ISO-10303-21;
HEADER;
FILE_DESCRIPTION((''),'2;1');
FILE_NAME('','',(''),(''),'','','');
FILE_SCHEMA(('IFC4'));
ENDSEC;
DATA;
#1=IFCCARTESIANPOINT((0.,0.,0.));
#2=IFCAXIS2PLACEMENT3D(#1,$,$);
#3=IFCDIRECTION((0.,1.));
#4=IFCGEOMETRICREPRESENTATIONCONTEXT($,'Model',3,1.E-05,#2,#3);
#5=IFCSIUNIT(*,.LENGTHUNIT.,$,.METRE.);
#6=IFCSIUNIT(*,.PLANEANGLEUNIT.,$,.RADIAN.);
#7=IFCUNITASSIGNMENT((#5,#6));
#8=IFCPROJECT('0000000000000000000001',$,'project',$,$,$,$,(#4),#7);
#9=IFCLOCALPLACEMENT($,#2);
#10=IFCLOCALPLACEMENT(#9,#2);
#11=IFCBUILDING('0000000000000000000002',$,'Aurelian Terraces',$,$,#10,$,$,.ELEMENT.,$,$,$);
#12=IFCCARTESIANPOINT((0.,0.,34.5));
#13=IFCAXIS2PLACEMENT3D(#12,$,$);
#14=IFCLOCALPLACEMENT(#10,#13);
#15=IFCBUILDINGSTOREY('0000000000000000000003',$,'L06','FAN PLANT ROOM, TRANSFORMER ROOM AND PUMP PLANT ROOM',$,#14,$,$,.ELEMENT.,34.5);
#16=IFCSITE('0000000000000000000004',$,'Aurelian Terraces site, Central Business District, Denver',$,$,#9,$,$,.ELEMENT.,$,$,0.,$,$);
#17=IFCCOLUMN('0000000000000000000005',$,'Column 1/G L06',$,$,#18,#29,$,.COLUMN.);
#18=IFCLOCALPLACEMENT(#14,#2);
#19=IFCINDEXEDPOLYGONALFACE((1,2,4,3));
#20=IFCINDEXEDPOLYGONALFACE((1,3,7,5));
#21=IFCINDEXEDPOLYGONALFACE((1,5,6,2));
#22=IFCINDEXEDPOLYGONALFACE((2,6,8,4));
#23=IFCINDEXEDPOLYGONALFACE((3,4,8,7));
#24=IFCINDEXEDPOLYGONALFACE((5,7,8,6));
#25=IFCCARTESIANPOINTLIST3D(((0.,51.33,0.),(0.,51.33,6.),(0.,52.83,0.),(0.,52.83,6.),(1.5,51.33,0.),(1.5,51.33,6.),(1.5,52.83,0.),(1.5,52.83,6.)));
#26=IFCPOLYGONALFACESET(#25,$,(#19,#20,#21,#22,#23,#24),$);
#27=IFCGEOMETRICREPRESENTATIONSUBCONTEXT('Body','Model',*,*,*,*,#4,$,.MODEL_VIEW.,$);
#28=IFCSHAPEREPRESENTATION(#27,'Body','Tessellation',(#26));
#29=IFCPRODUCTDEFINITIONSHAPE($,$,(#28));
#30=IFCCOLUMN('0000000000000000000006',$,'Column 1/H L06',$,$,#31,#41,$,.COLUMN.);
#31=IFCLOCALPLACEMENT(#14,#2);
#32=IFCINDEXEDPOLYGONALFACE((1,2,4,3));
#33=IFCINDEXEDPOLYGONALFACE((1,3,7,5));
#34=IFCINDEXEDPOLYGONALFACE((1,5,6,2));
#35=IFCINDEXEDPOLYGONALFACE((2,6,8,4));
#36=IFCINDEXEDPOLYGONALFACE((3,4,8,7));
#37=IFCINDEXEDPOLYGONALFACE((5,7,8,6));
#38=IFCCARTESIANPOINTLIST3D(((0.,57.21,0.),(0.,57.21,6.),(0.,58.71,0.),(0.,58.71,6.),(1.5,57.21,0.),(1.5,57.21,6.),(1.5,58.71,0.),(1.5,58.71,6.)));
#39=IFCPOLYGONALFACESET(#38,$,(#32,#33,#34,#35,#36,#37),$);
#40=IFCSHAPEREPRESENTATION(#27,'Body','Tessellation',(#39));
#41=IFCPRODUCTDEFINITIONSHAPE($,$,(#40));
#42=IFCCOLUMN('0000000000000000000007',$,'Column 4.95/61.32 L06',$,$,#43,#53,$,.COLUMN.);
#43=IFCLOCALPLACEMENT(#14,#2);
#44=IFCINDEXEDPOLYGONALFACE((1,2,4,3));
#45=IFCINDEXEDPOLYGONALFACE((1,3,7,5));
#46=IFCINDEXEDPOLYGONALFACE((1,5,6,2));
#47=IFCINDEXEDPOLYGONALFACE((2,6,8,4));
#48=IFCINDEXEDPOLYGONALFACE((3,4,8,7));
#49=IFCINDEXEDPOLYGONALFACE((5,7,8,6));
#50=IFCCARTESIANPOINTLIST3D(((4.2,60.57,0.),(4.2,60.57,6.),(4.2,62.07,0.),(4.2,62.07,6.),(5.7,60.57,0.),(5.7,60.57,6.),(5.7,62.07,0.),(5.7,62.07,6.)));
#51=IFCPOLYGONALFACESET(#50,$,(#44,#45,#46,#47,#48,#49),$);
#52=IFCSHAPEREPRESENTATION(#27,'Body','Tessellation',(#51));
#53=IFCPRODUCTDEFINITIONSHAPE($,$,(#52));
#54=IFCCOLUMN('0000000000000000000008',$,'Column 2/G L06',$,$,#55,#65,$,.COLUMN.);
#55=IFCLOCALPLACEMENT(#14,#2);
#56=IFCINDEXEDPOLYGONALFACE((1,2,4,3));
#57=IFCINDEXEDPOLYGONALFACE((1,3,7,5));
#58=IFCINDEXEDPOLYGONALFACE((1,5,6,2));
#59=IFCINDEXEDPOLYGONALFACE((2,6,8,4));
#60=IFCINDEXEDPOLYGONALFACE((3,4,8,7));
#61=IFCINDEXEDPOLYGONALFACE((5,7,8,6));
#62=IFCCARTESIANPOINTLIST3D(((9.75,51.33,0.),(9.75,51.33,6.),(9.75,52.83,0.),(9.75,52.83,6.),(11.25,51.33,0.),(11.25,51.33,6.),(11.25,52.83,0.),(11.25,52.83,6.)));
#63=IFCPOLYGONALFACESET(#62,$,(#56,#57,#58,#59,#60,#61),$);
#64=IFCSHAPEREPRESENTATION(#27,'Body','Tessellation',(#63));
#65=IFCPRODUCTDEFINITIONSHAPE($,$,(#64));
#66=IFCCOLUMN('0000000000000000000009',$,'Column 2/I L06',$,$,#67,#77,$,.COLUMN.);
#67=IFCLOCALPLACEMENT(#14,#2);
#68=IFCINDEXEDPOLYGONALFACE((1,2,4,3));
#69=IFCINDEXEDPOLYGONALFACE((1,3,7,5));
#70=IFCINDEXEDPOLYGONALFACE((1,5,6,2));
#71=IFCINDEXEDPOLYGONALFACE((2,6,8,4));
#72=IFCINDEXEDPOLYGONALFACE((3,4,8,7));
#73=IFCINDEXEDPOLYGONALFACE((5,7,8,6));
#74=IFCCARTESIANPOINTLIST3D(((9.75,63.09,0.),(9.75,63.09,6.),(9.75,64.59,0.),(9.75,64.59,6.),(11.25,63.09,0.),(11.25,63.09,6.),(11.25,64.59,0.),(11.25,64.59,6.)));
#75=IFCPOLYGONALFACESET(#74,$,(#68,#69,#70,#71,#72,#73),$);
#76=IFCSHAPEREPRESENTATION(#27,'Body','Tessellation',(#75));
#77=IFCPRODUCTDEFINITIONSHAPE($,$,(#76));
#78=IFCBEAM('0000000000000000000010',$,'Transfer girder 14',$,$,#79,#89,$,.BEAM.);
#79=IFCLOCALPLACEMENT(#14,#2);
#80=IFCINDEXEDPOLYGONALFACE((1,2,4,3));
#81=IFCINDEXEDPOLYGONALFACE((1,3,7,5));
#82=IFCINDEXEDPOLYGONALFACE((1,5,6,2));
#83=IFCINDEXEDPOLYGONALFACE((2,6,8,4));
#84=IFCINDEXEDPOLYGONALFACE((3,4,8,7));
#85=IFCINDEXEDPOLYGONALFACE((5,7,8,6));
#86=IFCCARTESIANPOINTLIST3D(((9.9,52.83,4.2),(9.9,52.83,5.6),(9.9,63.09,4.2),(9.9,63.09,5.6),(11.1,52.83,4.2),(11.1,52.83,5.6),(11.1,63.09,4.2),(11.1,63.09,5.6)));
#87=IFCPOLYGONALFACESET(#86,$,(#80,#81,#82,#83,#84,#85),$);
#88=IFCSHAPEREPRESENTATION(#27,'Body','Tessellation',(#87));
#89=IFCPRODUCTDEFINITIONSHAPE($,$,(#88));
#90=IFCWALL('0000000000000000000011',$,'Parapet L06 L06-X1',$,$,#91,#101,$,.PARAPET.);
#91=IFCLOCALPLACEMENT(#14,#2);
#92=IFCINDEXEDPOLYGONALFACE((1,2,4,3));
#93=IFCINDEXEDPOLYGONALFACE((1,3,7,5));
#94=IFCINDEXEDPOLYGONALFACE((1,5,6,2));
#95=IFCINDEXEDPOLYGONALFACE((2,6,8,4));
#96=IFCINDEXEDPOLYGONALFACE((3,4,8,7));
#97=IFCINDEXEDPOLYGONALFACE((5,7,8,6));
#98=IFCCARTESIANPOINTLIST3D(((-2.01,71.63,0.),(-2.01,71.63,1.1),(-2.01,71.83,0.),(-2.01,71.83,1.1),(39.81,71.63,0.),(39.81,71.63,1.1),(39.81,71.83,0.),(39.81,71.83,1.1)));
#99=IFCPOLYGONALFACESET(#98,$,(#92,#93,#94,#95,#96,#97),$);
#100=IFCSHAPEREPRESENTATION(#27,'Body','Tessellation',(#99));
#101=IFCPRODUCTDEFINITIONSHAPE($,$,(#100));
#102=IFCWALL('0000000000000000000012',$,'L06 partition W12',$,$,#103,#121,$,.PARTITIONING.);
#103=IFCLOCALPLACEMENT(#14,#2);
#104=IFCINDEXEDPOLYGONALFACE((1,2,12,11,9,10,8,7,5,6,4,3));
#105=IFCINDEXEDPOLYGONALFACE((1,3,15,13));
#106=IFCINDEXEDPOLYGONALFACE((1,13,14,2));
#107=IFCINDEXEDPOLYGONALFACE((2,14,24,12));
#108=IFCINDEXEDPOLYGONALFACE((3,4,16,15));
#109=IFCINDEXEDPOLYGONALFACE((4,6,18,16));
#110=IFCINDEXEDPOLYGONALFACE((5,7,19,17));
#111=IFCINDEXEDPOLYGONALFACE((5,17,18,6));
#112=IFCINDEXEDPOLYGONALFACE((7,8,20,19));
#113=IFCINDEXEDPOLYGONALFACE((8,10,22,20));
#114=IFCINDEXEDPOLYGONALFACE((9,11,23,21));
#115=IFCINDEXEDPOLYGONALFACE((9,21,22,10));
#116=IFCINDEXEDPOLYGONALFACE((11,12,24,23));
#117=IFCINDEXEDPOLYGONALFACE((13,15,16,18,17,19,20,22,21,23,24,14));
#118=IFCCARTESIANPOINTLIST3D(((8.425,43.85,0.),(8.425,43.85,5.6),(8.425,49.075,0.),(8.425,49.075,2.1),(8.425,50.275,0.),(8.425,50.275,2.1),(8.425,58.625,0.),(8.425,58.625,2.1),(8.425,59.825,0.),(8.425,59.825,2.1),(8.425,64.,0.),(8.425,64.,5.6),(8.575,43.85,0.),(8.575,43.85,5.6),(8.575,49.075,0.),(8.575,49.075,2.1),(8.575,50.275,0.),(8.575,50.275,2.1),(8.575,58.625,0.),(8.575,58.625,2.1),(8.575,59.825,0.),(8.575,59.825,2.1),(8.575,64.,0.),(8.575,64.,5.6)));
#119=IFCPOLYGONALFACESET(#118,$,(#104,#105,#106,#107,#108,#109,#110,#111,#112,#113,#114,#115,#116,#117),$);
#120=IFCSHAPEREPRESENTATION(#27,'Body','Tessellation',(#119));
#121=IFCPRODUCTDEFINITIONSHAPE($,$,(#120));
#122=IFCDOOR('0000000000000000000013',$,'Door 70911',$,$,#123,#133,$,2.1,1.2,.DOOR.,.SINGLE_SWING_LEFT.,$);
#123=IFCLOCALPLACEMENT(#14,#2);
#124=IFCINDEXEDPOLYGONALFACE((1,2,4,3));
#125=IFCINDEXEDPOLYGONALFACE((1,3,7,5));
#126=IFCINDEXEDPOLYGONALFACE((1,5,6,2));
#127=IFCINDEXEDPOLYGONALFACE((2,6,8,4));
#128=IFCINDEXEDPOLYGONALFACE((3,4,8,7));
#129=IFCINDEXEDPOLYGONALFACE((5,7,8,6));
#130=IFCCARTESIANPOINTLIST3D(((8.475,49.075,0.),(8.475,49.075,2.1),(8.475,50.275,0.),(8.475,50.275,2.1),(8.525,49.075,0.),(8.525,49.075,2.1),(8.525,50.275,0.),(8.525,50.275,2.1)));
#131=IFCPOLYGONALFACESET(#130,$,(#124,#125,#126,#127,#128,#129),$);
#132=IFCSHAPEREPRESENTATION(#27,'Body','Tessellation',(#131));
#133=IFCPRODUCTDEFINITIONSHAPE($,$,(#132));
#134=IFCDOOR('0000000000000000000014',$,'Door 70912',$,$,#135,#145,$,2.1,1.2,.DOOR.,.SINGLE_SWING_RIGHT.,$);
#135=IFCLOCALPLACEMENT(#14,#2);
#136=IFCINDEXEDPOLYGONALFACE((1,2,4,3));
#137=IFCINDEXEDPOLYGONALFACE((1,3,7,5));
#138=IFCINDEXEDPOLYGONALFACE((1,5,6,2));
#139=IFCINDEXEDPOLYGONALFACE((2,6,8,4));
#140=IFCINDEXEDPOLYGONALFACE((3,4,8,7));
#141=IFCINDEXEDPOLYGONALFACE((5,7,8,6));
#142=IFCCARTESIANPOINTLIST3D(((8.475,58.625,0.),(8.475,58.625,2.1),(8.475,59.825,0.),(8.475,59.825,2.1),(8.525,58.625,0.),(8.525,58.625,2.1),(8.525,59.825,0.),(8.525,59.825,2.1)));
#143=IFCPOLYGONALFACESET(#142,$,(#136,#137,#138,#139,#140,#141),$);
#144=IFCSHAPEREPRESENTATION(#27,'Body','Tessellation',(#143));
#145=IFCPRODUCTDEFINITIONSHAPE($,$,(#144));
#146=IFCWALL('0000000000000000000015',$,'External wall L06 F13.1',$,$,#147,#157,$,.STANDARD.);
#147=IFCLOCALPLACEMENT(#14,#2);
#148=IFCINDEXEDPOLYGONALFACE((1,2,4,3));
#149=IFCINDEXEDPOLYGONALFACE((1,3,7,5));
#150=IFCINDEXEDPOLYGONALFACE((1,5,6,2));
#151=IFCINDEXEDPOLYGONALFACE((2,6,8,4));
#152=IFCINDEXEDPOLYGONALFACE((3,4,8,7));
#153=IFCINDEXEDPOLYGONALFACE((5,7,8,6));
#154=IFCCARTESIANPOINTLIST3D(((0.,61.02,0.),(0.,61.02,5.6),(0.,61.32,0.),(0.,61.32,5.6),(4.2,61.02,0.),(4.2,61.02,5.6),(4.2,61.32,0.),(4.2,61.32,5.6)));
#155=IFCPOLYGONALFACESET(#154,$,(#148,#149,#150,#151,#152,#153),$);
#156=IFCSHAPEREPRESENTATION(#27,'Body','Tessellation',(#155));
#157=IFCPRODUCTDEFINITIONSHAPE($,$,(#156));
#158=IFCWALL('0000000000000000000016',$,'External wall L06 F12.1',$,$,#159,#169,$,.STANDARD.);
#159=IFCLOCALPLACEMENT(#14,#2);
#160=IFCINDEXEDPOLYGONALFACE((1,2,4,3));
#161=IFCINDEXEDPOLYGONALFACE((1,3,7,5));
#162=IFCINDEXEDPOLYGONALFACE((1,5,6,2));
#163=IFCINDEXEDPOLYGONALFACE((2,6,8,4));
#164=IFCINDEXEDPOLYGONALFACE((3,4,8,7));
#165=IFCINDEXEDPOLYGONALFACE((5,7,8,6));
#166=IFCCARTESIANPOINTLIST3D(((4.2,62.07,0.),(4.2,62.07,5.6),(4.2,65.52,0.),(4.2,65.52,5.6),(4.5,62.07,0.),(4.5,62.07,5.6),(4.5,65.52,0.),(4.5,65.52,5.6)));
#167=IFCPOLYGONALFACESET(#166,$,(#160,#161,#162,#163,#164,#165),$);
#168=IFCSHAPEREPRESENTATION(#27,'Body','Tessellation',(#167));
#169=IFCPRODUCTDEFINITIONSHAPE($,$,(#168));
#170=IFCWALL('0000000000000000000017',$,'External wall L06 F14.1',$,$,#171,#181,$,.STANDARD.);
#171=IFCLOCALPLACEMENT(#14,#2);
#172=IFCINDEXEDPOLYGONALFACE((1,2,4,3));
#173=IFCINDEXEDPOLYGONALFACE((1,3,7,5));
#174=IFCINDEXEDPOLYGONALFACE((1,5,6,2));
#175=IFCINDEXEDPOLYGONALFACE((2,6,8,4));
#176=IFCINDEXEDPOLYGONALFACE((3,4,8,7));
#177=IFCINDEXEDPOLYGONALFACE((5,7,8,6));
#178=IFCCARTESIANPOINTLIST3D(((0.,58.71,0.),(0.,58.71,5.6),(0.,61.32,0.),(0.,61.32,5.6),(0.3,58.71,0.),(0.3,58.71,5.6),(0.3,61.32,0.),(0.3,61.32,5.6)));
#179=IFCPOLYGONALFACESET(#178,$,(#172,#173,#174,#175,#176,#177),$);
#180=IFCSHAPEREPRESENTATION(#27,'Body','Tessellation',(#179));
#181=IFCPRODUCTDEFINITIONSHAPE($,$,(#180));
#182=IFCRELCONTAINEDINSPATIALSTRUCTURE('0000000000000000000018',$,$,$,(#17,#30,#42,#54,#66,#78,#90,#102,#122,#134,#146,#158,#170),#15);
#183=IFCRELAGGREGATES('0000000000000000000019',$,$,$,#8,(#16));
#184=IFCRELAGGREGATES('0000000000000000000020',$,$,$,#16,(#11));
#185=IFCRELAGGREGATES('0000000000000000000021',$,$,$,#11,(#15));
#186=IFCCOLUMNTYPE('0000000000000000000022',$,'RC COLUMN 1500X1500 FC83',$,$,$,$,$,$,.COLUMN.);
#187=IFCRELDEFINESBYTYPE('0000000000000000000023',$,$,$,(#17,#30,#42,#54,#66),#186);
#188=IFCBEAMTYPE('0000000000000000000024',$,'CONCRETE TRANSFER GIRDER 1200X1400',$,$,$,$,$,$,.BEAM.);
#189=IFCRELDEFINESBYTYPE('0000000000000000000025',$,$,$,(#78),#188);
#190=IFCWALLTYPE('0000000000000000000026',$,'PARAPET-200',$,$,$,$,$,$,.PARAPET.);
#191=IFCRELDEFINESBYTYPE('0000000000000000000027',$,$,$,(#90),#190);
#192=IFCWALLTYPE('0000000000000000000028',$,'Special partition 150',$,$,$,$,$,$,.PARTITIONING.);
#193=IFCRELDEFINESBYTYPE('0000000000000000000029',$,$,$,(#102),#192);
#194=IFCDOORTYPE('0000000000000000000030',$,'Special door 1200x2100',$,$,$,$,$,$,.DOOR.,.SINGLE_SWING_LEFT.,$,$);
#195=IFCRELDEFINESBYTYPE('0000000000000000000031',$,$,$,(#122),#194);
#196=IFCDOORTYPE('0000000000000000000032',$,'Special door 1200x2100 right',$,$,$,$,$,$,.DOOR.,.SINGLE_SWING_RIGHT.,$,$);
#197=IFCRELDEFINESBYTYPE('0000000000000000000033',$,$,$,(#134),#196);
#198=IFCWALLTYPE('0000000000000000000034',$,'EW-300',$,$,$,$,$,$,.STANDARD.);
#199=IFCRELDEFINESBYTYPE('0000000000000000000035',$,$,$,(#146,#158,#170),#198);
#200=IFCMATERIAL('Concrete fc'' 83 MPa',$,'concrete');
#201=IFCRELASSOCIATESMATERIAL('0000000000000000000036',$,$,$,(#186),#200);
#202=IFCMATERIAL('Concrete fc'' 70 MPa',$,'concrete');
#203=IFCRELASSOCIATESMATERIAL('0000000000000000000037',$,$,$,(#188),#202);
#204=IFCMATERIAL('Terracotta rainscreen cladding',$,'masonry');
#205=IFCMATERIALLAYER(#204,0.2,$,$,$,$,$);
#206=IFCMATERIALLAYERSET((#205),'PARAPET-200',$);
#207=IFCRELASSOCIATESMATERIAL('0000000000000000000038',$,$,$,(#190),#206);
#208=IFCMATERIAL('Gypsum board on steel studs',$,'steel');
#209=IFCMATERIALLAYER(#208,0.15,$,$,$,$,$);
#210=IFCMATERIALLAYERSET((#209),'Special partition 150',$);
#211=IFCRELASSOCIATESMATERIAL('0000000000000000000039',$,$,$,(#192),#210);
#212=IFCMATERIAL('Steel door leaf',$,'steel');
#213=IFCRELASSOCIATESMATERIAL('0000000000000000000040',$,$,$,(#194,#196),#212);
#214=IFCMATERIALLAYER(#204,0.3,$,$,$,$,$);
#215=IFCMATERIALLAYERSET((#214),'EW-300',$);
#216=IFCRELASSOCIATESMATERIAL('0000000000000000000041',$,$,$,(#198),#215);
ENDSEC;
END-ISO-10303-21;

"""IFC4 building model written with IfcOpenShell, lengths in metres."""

from ifc_helpers import new_model, si_unit, direction, frame, frame_2d, origin, origin_2d, place, context, subcontext, project, spatial, rectangle, extrude, source, transform, mapped, material, layer, layer_set, material_profile, profile_set, type_object, element, fill, save


model = new_model("IFC4")

# Units and contexts
model_context = context("Model", 3, precision=1e-05, world=origin(), true_north=direction((0.0, 1.0)))
body_context = subcontext(model_context, "Body", "Model", "MODEL_VIEW")
ifc_project = project(units=[si_unit("LENGTHUNIT", "METRE"), si_unit("PLANEANGLEUNIT", "RADIAN")], contexts=[model_context])

# Site, building, storey
site_placement = place(None, origin())
site = spatial("IfcSite", under=ifc_project, at=site_placement, Name="Aurelian Terraces site, Central Business District, Denver", CompositionType="ELEMENT", RefElevation=0.0)
building_placement = place(site_placement, origin())
building = spatial("IfcBuilding", under=site, at=building_placement, Name="Aurelian Terraces", CompositionType="ELEMENT")
storey_placement = place(building_placement, frame((0.0, 0.0, 34.5)))
storey = spatial("IfcBuildingStorey", under=building, at=storey_placement, Name="L06", Description="FAN PLANT ROOM, TRANSFORMER ROOM AND PUMP PLANT ROOM", CompositionType="ELEMENT", Elevation=34.5)

# Columns
ifc_material_1 = material(Name="Concrete fc' 83 MPa", Category="concrete")
ifc_material_profile_1 = material_profile(ifc_material_1, rectangle(XDim=1.5, YDim=1.5, at=origin_2d()))
ifc_profile_set_1 = profile_set([ifc_material_profile_1], Name="Concrete fc' 83 MPa")
column_type = type_object("IfcColumnType", Name="RC COLUMN 1500X1500 FC83", PredefinedType="COLUMN", material=ifc_profile_set_1)
shared_shape_1 = source(origin(), body_context, "Body", "SweptSolid", [
    extrude(rectangle(XDim=1.5, YDim=1.5, at=origin_2d()), origin(), (0.0, 0.0, 1.0), 6.0),
])
for number, where, z_axis, x_axis, name in (
    (1, (0.75, 52.08, 0.0), (0.0, 0.0, 1.0), (1.0, 0.0, 0.0), "Column 1/G L06"),
    (2, (0.75, 57.96, 0.0), (0.0, 0.0, 1.0), (1.0, 0.0, 0.0), "Column 1/H L06"),
    (3, (4.95, 61.32, 0.0), (0.0, 0.0, 1.0), (1.0, 0.0, 0.0), "Column 4.95/61.32 L06"),
    (4, (10.5, 52.08, 0.0), (0.0, 0.0, 1.0), (1.0, 0.0, 0.0), "Column 2/G L06"),
    (5, (10.5, 63.84, 0.0), (0.0, 0.0, 1.0), (1.0, 0.0, 0.0), "Column 2/I L06"),
):
    element("IfcColumn", number, at=place(storey_placement, frame(where, z_axis=z_axis, x_axis=x_axis)), inside=storey, type_object=column_type, Name=name, PredefinedType="COLUMN", context=body_context, shape_type="MappedRepresentation", body=[
        mapped(shared_shape_1, transform((0.0, 0.0, 0.0), scale=1.0)),
    ])

# Beam
ifc_material_2 = material(Name="Concrete fc' 70 MPa", Category="concrete")
ifc_material_profile_2 = material_profile(ifc_material_2, rectangle(XDim=1.2, YDim=1.4, at=origin_2d()))
ifc_profile_set_2 = profile_set([ifc_material_profile_2], Name="Concrete fc' 70 MPa")
beam_type = type_object("IfcBeamType", Name="CONCRETE TRANSFER GIRDER 1200X1400", PredefinedType="BEAM", material=ifc_profile_set_2)
shared_shape_2 = source(origin(), body_context, "Body", "SweptSolid", [
    extrude(rectangle(XDim=1.2, YDim=1.4, at=origin_2d()), origin(), (0.0, 0.0, 1.0), 10.26),
])
beam_placement = place(storey_placement, frame((10.5, 52.83, 4.9), z_axis=(0.0, 1.0, 0.0), x_axis=(-1.0, 0.0, 0.0)))
element("IfcBeam", 6, at=beam_placement, inside=storey, type_object=beam_type, Name="Transfer girder 14", PredefinedType="BEAM", context=body_context, shape_type="MappedRepresentation", body=[
    mapped(shared_shape_2, transform((0.0, 0.0, 0.0), scale=1.0)),
])

# Wall
ifc_material_3 = material(Name="Terracotta rainscreen cladding", Category="masonry")
ifc_layer_1 = layer(ifc_material_3, 0.2)
ifc_layer_set_1 = layer_set([ifc_layer_1], Name="PARAPET-200")
wall_type_1 = type_object("IfcWallType", Name="PARAPET-200", PredefinedType="PARAPET", material=ifc_layer_set_1)
wall_1_placement = place(storey_placement, frame((-2.01, 71.73, 0.0), z_axis=(0.0, 0.0, 1.0), x_axis=(1.0, 0.0, 0.0)))
element("IfcWall", 7, at=wall_1_placement, inside=storey, type_object=wall_type_1, Name="Parapet L06 L06-X1", PredefinedType="PARAPET", context=body_context, shape_type="SweptSolid", body=[
    extrude(rectangle(XDim=41.82, YDim=0.2, at=frame_2d((20.91, 0.0))), origin(), (0.0, 0.0, 1.0), 1.1),
])

# Wall, openings, doors
ifc_material_4 = material(Name="Gypsum board on steel studs", Category="steel")
ifc_layer_2 = layer(ifc_material_4, 0.15)
ifc_layer_set_2 = layer_set([ifc_layer_2], Name="Special partition 150")
wall_type_2 = type_object("IfcWallType", Name="Special partition 150", PredefinedType="PARTITIONING", material=ifc_layer_set_2)
wall_2_placement = place(storey_placement, frame((8.5, 43.85, 0.0), z_axis=(0.0, 0.0, 1.0), x_axis=(0.0, 1.0, 0.0)))
wall_2 = element("IfcWall", 8, at=wall_2_placement, inside=storey, type_object=wall_type_2, Name="L06 partition W12", PredefinedType="PARTITIONING", context=body_context, shape_type="SweptSolid", body=[
    extrude(rectangle(XDim=20.15, YDim=0.15, at=frame_2d((10.075, 0.0))), origin(), (0.0, 0.0, 1.0), 5.6),
])
shared_shape_3 = source(origin(), body_context, "Body", "SweptSolid", [
    extrude(rectangle(XDim=1.2, YDim=2.1, at=frame_2d((0.6, 1.05))), frame((0.0, 0.085, 0.0), z_axis=(0.0, -1.0, 0.0), x_axis=(1.0, 0.0, 0.0)), (0.0, 0.0, 1.0), 0.17),
])
opening_1_placement = place(wall_2_placement, frame((5.225, 0.0, 0.0)))
opening_1 = element("IfcOpeningElement", 9, at=opening_1_placement, cuts=wall_2, PredefinedType="OPENING", context=body_context, shape_type="MappedRepresentation", body=[
    mapped(shared_shape_3, transform((0.0, 0.0, 0.0), scale=1.0)),
])
opening_2_placement = place(wall_2_placement, frame((14.775, 0.0, 0.0)))
opening_2 = element("IfcOpeningElement", 10, at=opening_2_placement, cuts=wall_2, PredefinedType="OPENING", context=body_context, shape_type="MappedRepresentation", body=[
    mapped(shared_shape_3, transform((0.0, 0.0, 0.0), scale=1.0)),
])
ifc_material_5 = material(Name="Steel door leaf", Category="steel")
door_type_1 = type_object("IfcDoorType", Name="Special door 1200x2100", OperationType="SINGLE_SWING_LEFT", PredefinedType="DOOR", material=ifc_material_5)
shared_shape_4 = source(origin(), body_context, "Body", "SweptSolid", [
    extrude(rectangle(XDim=1.2, YDim=2.1, at=frame_2d((0.6, 1.05))), frame((0.0, 0.025, 0.0), z_axis=(0.0, -1.0, 0.0), x_axis=(1.0, 0.0, 0.0)), (0.0, 0.0, 1.0), 0.05),
])
door_1_placement = place(opening_1_placement, origin())
door_1 = element("IfcDoor", 11, at=door_1_placement, inside=storey, type_object=door_type_1, Name="Door 70911", OperationType="SINGLE_SWING_LEFT", OverallHeight=2.1, OverallWidth=1.2, PredefinedType="DOOR", context=body_context, shape_type="MappedRepresentation", body=[
    mapped(shared_shape_4, transform((0.0, 0.0, 0.0), scale=1.0)),
])
fill(opening_1, door_1)
door_type_2 = type_object("IfcDoorType", Name="Special door 1200x2100 right", OperationType="SINGLE_SWING_RIGHT", PredefinedType="DOOR", material=ifc_material_5)
door_2_placement = place(opening_2_placement, origin())
door_2 = element("IfcDoor", 12, at=door_2_placement, inside=storey, type_object=door_type_2, Name="Door 70912", OperationType="SINGLE_SWING_RIGHT", OverallHeight=2.1, OverallWidth=1.2, PredefinedType="DOOR", context=body_context, shape_type="MappedRepresentation", body=[
    mapped(shared_shape_4, transform((0.0, 0.0, 0.0), scale=1.0)),
])
fill(opening_2, door_2)

# Walls
ifc_layer_3 = layer(ifc_material_3, 0.3)
ifc_layer_set_3 = layer_set([ifc_layer_3], Name="EW-300")
wall_type_3 = type_object("IfcWallType", Name="EW-300", PredefinedType="STANDARD", material=ifc_layer_set_3)
shared_shape_5 = source(origin(), body_context, "Body", "SweptSolid", [
    extrude(rectangle(XDim=4.2, YDim=0.3, at=frame_2d((2.1, 0.0))), origin(), (0.0, 0.0, 1.0), 5.6),
])
wall_3_placement = place(storey_placement, frame((4.2, 61.17, 0.0), z_axis=(0.0, 0.0, 1.0), x_axis=(-1.0, 0.0, 0.0)))
element("IfcWall", 13, at=wall_3_placement, inside=storey, type_object=wall_type_3, Name="External wall L06 F13.1", PredefinedType="STANDARD", context=body_context, shape_type="MappedRepresentation", body=[
    mapped(shared_shape_5, transform((0.0, 0.0, 0.0), scale=1.0)),
])
shared_shape_6 = source(origin(), body_context, "Body", "SweptSolid", [
    extrude(rectangle(XDim=3.45, YDim=0.3, at=frame_2d((1.725, 0.0))), origin(), (0.0, 0.0, 1.0), 5.6),
])
wall_4_placement = place(storey_placement, frame((4.35, 65.52, 0.0), z_axis=(0.0, 0.0, 1.0), x_axis=(0.0, -1.0, 0.0)))
element("IfcWall", 14, at=wall_4_placement, inside=storey, type_object=wall_type_3, Name="External wall L06 F12.1", PredefinedType="STANDARD", context=body_context, shape_type="MappedRepresentation", body=[
    mapped(shared_shape_6, transform((0.0, 0.0, 0.0), scale=1.0)),
])
shared_shape_7 = source(origin(), body_context, "Body", "SweptSolid", [
    extrude(rectangle(XDim=2.61, YDim=0.3, at=frame_2d((1.305, 0.0))), origin(), (0.0, 0.0, 1.0), 5.6),
])
wall_5_placement = place(storey_placement, frame((0.15, 61.32, 0.0), z_axis=(0.0, 0.0, 1.0), x_axis=(0.0, -1.0, 0.0)))
element("IfcWall", 15, at=wall_5_placement, inside=storey, type_object=wall_type_3, Name="External wall L06 F14.1", PredefinedType="STANDARD", context=body_context, shape_type="MappedRepresentation", body=[
    mapped(shared_shape_7, transform((0.0, 0.0, 0.0), scale=1.0)),
])

save(model, "model.ifc")
